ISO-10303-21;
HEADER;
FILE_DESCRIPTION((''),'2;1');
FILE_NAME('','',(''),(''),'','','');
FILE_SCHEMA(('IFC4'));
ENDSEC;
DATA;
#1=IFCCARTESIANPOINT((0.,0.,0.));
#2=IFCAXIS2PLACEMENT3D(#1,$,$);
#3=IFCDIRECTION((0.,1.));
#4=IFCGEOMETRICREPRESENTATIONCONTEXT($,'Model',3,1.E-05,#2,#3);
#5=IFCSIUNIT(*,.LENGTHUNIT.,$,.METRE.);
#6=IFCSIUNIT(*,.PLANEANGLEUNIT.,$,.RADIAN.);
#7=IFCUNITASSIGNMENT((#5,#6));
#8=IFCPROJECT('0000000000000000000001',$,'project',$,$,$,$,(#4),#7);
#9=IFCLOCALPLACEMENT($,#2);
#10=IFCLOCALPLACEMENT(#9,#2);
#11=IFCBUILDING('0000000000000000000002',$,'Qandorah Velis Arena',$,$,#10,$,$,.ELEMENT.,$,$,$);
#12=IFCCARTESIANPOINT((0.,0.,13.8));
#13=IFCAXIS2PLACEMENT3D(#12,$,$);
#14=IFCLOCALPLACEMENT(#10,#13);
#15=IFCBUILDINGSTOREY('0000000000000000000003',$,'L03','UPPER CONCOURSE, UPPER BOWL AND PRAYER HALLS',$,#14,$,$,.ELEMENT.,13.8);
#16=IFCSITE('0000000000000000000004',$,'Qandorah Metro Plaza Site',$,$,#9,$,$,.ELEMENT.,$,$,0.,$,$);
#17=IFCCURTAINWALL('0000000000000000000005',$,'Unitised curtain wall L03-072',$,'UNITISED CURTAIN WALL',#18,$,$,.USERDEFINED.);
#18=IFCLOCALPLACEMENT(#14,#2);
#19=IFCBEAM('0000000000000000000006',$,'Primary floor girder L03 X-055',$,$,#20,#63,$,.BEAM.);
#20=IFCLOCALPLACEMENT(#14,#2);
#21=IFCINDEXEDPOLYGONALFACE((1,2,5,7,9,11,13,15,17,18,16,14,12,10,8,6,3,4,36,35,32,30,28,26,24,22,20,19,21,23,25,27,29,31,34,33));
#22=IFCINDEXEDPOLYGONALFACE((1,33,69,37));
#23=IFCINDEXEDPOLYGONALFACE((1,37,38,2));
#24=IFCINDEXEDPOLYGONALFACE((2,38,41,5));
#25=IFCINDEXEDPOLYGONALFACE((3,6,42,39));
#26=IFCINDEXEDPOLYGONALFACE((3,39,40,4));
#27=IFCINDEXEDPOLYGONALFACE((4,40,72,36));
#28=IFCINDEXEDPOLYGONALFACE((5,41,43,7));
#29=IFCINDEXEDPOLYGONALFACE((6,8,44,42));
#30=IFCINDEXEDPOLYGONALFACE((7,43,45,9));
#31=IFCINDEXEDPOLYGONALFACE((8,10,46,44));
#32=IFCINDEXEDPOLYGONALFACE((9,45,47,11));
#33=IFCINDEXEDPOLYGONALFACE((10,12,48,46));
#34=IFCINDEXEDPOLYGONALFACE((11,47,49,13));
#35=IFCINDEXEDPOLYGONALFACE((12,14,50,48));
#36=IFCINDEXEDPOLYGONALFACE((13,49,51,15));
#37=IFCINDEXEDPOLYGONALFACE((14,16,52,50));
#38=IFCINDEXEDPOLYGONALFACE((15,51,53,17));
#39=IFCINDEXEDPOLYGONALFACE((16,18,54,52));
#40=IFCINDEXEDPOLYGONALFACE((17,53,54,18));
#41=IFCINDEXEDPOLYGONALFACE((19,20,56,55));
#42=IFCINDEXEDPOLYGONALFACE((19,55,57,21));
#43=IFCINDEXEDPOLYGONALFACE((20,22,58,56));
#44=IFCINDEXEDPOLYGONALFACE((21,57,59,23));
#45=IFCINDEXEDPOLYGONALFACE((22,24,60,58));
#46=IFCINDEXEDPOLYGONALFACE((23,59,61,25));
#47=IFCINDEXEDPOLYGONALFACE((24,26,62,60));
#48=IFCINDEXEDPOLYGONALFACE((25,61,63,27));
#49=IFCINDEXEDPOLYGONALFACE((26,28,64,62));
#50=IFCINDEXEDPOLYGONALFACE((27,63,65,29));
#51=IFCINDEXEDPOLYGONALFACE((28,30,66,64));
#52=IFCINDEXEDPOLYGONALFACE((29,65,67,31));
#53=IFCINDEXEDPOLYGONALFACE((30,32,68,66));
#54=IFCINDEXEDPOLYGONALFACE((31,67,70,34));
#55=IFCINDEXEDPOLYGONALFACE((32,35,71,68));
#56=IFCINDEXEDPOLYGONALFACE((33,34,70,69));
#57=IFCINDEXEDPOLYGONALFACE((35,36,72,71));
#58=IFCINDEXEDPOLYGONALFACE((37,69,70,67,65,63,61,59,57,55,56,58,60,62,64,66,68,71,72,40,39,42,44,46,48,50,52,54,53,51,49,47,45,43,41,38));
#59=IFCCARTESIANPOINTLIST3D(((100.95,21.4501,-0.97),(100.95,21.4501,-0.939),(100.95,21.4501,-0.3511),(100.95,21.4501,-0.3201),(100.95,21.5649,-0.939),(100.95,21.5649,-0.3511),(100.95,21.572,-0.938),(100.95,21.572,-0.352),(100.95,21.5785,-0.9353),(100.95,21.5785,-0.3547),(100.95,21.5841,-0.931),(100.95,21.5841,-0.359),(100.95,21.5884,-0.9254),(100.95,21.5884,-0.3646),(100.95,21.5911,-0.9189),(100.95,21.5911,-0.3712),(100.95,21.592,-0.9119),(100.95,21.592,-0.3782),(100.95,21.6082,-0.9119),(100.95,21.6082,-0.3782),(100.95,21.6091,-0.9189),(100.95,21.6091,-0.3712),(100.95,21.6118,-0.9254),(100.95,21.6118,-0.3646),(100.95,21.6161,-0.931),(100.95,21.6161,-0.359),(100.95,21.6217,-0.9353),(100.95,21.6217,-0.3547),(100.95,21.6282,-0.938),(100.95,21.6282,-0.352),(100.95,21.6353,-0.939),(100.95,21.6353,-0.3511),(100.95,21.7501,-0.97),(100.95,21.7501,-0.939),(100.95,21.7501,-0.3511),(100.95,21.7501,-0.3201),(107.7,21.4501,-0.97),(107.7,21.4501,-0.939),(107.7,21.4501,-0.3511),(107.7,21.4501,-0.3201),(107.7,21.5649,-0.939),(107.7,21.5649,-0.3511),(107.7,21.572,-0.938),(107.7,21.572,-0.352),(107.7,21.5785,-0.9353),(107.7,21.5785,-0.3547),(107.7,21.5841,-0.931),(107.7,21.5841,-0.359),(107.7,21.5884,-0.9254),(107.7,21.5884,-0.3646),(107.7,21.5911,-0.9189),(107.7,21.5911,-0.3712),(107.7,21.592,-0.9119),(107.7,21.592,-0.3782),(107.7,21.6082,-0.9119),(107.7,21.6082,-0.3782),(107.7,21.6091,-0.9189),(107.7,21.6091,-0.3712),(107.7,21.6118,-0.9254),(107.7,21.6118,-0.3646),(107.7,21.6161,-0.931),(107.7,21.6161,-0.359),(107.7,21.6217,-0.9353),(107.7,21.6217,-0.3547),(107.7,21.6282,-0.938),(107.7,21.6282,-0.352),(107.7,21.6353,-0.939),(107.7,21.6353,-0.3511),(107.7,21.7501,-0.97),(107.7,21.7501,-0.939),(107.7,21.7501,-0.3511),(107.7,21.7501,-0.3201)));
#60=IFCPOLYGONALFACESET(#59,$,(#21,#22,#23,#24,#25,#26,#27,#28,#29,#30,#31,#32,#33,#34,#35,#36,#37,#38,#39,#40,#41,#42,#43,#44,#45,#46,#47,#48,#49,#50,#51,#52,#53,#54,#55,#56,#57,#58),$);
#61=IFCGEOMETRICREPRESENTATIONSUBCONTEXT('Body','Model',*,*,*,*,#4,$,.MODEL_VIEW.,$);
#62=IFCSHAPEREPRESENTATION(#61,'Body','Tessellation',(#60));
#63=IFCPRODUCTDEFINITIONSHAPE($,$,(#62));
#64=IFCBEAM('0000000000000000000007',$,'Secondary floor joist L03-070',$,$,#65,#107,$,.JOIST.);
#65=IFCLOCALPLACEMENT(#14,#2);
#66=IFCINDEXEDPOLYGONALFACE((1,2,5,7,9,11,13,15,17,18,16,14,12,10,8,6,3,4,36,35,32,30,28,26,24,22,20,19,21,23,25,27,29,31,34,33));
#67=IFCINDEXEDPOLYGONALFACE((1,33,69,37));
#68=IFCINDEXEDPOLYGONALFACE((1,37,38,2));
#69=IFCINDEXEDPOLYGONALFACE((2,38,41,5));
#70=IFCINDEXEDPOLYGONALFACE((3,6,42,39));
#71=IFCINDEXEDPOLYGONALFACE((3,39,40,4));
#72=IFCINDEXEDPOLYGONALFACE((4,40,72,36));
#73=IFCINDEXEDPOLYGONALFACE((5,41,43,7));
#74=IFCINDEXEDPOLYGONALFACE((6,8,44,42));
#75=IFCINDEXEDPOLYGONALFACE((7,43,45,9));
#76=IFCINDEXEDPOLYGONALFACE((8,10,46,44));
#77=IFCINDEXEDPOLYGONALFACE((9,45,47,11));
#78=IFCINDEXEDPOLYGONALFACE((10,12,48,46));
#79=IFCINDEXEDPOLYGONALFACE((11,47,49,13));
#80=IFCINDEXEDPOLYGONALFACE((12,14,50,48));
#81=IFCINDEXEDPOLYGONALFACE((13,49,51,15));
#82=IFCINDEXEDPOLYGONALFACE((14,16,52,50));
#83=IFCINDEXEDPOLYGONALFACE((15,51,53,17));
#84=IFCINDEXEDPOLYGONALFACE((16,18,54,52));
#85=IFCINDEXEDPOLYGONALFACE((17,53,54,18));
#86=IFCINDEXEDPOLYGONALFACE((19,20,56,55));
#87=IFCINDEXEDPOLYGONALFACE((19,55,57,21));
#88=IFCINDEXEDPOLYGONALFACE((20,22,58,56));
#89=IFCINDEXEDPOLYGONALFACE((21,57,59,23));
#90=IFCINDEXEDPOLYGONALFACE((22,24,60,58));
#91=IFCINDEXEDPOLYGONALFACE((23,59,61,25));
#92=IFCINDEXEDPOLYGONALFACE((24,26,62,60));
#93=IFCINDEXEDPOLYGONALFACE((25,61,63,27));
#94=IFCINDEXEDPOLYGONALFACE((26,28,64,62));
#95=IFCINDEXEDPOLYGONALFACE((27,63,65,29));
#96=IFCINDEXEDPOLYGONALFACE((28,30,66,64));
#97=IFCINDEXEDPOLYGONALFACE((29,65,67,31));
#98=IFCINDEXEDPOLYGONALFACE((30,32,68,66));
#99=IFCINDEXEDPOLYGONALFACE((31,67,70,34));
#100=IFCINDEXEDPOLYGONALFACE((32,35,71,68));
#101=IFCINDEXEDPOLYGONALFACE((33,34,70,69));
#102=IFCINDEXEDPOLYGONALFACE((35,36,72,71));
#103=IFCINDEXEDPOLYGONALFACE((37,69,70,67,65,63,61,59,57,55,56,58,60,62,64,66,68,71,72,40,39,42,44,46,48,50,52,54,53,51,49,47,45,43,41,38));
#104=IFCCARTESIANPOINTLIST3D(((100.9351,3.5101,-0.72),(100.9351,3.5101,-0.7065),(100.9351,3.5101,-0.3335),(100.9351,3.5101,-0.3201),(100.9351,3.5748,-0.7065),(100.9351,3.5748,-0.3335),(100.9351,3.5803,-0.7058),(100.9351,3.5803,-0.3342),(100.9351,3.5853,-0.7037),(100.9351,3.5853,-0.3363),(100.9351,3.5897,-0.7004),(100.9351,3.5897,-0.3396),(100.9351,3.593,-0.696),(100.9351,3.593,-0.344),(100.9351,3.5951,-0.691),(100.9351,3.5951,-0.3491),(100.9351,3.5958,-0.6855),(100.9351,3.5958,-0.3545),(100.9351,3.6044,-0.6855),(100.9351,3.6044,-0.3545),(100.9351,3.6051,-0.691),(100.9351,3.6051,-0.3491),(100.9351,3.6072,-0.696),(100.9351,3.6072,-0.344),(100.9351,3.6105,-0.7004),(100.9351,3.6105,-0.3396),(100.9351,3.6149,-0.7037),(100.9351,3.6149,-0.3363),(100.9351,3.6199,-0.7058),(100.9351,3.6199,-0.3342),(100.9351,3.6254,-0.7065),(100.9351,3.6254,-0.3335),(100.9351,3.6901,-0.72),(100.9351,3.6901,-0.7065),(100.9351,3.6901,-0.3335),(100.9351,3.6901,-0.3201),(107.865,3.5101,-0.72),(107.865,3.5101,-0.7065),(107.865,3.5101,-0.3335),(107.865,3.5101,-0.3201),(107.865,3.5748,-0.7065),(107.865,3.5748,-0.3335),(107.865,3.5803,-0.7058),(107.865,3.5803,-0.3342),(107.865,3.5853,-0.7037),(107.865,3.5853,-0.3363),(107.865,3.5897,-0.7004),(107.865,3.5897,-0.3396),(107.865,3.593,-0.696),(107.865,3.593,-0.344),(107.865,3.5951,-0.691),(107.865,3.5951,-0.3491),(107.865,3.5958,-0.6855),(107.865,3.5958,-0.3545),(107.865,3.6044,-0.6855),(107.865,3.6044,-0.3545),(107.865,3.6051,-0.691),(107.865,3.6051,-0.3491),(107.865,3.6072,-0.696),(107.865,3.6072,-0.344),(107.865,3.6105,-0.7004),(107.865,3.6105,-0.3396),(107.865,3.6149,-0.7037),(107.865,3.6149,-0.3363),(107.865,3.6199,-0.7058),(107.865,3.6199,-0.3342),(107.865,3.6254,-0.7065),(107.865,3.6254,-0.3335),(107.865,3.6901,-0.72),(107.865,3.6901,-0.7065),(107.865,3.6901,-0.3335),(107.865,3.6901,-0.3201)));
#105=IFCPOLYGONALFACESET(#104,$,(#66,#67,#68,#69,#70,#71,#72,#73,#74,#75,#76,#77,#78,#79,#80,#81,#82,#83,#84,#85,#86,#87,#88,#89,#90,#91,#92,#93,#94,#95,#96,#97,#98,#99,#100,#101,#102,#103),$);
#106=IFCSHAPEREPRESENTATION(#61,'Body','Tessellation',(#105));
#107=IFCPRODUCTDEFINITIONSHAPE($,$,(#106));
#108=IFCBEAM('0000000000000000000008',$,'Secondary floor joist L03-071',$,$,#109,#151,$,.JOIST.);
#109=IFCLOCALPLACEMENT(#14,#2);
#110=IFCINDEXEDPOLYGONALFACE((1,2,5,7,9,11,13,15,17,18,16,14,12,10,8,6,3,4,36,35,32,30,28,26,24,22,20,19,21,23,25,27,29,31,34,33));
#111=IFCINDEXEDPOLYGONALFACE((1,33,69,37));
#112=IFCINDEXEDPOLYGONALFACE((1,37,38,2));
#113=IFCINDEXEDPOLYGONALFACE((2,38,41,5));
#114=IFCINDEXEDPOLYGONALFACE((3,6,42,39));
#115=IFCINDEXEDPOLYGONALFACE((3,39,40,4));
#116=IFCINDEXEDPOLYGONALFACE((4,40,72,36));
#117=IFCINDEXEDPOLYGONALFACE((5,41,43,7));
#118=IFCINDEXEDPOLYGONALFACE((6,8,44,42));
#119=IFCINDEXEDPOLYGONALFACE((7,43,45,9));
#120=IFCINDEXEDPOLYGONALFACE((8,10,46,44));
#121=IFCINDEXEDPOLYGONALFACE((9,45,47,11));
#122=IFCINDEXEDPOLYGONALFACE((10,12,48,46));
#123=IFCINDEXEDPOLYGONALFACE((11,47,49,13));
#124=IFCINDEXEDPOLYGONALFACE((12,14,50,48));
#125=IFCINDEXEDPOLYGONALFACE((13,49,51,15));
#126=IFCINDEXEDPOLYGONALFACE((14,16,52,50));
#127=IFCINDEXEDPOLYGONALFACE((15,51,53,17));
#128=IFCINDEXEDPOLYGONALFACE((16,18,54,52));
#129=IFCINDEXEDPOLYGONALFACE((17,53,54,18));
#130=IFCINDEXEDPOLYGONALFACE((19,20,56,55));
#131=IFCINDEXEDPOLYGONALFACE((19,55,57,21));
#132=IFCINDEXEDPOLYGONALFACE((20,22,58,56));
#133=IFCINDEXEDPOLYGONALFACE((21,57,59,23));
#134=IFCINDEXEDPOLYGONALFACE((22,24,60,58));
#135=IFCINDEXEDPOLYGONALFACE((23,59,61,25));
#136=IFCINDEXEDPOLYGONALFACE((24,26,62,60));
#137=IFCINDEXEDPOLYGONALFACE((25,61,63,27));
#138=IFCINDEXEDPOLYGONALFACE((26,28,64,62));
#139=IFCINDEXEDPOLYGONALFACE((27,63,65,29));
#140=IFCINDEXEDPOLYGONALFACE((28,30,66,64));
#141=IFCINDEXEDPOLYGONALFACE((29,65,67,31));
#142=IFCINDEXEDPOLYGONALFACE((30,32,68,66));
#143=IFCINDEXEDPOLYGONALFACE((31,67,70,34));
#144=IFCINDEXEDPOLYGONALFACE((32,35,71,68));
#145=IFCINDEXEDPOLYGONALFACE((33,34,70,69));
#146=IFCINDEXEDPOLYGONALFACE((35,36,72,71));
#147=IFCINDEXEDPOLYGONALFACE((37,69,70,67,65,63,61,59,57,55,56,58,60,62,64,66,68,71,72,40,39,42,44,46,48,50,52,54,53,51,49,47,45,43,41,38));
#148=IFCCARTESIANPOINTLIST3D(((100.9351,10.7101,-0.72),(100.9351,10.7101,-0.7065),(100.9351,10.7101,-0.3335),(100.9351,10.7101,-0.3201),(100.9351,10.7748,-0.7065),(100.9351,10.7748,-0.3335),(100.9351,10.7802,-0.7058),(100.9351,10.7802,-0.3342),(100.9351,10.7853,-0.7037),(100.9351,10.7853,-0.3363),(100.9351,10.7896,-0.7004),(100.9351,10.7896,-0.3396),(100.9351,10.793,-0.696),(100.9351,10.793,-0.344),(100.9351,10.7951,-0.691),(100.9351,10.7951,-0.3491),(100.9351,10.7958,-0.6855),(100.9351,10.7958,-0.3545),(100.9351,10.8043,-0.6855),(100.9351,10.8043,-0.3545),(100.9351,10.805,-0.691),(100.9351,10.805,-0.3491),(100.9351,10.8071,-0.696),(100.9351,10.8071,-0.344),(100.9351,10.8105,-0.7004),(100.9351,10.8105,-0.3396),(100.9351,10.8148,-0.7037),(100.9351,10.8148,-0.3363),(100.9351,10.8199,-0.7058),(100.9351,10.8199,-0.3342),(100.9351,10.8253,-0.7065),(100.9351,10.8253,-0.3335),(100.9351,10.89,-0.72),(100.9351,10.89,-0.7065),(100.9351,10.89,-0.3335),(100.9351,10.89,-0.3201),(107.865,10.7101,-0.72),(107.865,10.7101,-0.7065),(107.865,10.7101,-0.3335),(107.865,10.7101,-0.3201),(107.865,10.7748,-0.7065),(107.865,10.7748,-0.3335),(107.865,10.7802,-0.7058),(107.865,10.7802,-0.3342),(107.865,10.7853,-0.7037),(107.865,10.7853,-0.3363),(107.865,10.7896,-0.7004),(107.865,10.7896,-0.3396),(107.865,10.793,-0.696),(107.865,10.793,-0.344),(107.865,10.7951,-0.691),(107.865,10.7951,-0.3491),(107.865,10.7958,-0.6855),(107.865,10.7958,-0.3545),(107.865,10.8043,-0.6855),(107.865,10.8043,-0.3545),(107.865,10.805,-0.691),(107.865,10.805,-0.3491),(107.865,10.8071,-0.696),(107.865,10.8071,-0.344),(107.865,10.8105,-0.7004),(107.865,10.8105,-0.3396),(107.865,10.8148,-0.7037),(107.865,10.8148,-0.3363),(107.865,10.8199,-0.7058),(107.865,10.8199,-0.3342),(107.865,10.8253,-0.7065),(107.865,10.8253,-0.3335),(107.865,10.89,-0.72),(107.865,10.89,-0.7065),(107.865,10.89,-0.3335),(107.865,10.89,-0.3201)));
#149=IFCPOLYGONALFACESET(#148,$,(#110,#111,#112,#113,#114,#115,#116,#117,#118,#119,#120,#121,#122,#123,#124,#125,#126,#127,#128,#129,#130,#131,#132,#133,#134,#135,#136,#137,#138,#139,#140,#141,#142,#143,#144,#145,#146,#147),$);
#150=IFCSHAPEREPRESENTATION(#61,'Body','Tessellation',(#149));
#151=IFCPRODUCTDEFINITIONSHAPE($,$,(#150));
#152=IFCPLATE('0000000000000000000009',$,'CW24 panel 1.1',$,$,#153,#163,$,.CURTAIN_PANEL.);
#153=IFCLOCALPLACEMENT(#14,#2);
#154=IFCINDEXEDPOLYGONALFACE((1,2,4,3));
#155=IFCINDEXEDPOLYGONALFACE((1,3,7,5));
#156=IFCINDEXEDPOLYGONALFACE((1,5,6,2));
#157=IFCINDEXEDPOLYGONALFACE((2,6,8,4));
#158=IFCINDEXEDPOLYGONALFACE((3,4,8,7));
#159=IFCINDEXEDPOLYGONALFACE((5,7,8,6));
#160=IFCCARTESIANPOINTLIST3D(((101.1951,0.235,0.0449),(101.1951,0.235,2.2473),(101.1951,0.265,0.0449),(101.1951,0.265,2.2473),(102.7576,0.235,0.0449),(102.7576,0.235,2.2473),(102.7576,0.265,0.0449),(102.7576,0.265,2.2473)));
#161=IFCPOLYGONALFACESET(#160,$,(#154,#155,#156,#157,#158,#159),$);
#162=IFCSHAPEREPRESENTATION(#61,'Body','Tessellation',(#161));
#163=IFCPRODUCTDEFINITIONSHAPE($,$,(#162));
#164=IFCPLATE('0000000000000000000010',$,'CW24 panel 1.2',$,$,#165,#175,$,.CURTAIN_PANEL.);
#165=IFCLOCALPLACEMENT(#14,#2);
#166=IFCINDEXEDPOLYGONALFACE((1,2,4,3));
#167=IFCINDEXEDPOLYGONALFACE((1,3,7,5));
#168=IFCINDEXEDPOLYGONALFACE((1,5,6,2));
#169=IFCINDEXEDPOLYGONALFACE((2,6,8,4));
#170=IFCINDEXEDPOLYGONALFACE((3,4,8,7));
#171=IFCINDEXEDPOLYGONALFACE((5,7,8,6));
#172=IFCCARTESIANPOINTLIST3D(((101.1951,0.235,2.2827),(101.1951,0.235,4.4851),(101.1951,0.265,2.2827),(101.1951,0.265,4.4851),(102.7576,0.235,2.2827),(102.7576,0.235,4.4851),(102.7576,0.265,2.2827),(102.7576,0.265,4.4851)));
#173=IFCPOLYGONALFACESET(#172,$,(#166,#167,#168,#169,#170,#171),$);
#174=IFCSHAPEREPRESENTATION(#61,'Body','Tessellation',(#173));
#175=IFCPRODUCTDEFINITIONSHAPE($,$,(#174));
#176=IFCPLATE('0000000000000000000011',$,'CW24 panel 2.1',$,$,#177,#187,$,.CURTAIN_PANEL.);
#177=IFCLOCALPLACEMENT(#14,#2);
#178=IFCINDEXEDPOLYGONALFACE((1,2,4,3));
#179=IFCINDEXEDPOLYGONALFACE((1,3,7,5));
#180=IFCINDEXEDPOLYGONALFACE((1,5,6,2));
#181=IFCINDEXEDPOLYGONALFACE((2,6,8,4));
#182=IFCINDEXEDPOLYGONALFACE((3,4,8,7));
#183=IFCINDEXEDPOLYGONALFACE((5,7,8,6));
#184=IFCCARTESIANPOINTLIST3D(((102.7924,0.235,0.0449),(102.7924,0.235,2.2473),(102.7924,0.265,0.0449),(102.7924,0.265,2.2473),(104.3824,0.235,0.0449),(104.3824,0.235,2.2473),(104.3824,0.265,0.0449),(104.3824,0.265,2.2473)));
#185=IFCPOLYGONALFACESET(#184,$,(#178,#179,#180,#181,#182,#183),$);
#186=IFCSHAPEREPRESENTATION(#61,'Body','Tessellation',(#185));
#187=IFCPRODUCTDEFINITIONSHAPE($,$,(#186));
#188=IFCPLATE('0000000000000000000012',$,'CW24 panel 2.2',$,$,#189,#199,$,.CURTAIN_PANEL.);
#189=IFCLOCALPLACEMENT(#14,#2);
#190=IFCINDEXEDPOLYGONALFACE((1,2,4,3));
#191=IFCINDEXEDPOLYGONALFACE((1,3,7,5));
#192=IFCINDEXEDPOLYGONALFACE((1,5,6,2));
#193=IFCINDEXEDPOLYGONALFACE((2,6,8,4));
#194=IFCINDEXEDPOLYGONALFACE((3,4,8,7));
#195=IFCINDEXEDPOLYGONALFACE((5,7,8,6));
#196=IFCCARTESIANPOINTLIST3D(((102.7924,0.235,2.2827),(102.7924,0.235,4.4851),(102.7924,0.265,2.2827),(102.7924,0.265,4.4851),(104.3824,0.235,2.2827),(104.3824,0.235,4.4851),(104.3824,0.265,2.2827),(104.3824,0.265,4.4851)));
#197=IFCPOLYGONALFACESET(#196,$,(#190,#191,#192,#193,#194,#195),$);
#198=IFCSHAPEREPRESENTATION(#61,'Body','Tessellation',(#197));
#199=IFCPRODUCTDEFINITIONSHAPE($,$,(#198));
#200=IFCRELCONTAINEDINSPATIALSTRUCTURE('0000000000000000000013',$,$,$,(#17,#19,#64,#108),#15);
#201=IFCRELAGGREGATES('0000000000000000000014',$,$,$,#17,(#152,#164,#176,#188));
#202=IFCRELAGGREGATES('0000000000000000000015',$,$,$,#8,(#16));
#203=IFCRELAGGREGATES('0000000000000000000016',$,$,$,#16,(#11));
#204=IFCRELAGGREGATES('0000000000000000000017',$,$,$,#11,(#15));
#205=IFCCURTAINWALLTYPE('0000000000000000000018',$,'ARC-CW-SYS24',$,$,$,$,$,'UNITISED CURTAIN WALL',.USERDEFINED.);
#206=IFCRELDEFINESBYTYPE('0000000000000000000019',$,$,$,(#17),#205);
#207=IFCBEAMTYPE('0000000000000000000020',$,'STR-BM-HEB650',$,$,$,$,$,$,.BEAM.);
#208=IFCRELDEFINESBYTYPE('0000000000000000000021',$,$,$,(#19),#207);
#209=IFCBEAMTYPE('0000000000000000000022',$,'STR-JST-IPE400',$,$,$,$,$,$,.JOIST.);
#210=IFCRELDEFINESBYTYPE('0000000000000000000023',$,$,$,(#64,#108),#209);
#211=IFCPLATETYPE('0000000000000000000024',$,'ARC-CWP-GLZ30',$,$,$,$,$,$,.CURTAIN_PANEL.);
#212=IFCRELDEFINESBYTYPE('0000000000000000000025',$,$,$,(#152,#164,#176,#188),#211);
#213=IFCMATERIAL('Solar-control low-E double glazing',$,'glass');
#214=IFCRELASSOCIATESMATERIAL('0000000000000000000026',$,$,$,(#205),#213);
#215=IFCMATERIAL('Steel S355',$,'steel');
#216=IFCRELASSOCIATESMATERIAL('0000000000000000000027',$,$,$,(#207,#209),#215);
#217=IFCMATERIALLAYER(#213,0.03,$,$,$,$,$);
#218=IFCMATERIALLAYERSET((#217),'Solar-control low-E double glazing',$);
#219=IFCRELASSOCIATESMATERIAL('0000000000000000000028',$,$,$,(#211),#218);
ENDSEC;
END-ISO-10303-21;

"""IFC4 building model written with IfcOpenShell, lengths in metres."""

from ifc_helpers import new_model, si_unit, direction, frame, origin, origin_2d, place, context, subcontext, project, spatial, rectangle, i_section, extrude, material, layer, layer_set, material_profile, profile_set, type_object, element, aggregate, save


model = new_model("IFC4")

# Units and contexts
model_context = context("Model", 3, precision=1e-05, world=origin(), true_north=direction((0.0, 1.0)))
body_context = subcontext(model_context, "Body", "Model", "MODEL_VIEW")
ifc_project = project(units=[si_unit("LENGTHUNIT", "METRE"), si_unit("PLANEANGLEUNIT", "RADIAN")], contexts=[model_context])

# Site, building, storey
site_placement = place(None, origin())
site = spatial("IfcSite", under=ifc_project, at=site_placement, Name="Qandorah Metro Plaza Site", CompositionType="ELEMENT", RefElevation=0.0)
building_placement = place(site_placement, origin())
building = spatial("IfcBuilding", under=site, at=building_placement, Name="Qandorah Velis Arena", CompositionType="ELEMENT")
storey_placement = place(building_placement, frame((0.0, 0.0, 13.8)))
storey = spatial("IfcBuildingStorey", under=building, at=storey_placement, Name="L03", Description="UPPER CONCOURSE, UPPER BOWL AND PRAYER HALLS", CompositionType="ELEMENT", Elevation=13.8)

# Curtain wall
ifc_material_1 = material(Name="Solar-control low-E double glazing", Category="glass")
curtain_wall_type_1 = type_object("IfcCurtainWallType", Name="ARC-CW-SYS24", ElementType="UNITISED CURTAIN WALL", PredefinedType="USERDEFINED", material=ifc_material_1)
curtain_wall_1_placement = place(storey_placement, origin())
curtain_wall_1 = element("IfcCurtainWall", 1, at=curtain_wall_1_placement, inside=storey, type_object=curtain_wall_type_1, Name="Unitised curtain wall L03-072", ObjectType="UNITISED CURTAIN WALL", PredefinedType="USERDEFINED")

# Beams
ifc_material_2 = material(Name="Steel S355", Category="steel")
ifc_material_profile_1 = material_profile(ifc_material_2, i_section(OverallWidth=0.3, OverallDepth=0.6499, WebThickness=0.0161, FlangeThickness=0.031, FilletRadius=0.0271, at=origin_2d()), Name="HEB 650")
ifc_profile_set_1 = profile_set([ifc_material_profile_1], Name="Steel S355")
beam_type_1 = type_object("IfcBeamType", Name="STR-BM-HEB650", PredefinedType="BEAM", material=ifc_profile_set_1)
beam_1_placement = place(storey_placement, frame((100.95, 21.6001, -0.645), z_axis=(1.0, 0.0, 0.0), x_axis=(0.0, 1.0, 0.0)))
element("IfcBeam", 2, at=beam_1_placement, inside=storey, type_object=beam_type_1, Name="Primary floor girder L03 X-055", PredefinedType="BEAM", context=body_context, shape_type="SweptSolid", body=[
    extrude(i_section(OverallWidth=0.3, OverallDepth=0.6499, WebThickness=0.0161, FlangeThickness=0.031, FilletRadius=0.0271, at=origin_2d()), origin(), (0.0, 0.0, 1.0), 6.75),
])
ifc_material_profile_2 = material_profile(ifc_material_2, i_section(OverallWidth=0.1799, OverallDepth=0.3999, WebThickness=0.0085, FlangeThickness=0.0134, FilletRadius=0.021, at=origin_2d()), Name="IPE 400")
ifc_profile_set_2 = profile_set([ifc_material_profile_2], Name="Steel S355")
beam_type_2 = type_object("IfcBeamType", Name="STR-JST-IPE400", PredefinedType="JOIST", material=ifc_profile_set_2)
for number, where, z_axis, x_axis, name in (
    (3, (100.9351, 3.6001, -0.52), (1.0, 0.0, 0.0), (0.0, 1.0, 0.0), "Secondary floor joist L03-070"),
    (4, (100.9351, 10.8, -0.52), (1.0, 0.0, 0.0), (0.0, 1.0, 0.0), "Secondary floor joist L03-071"),
):
    element("IfcBeam", number, at=place(storey_placement, frame(where, z_axis=z_axis, x_axis=x_axis)), inside=storey, type_object=beam_type_2, Name=name, PredefinedType="JOIST", context=body_context, shape_type="SweptSolid", body=[
        extrude(i_section(OverallWidth=0.1799, OverallDepth=0.3999, WebThickness=0.0085, FlangeThickness=0.0134, FilletRadius=0.021, at=origin_2d()), origin(), (0.0, 0.0, 1.0), 6.9299),
    ])

# Plates
ifc_layer_1 = layer(ifc_material_1, 0.03)
ifc_layer_set_1 = layer_set([ifc_layer_1], Name="Solar-control low-E double glazing")
plate_type_1 = type_object("IfcPlateType", Name="ARC-CWP-GLZ30", PredefinedType="CURTAIN_PANEL", material=ifc_layer_set_1)
plate_1_placement = place(storey_placement, frame((101.9763, 0.25, 0.0449), z_axis=(0.0, 0.0, 1.0), x_axis=(1.0, 0.0, 0.0)))
plate_1 = element("IfcPlate", 5, at=plate_1_placement, type_object=plate_type_1, Name="CW24 panel 1.1", PredefinedType="CURTAIN_PANEL", context=body_context, shape_type="SweptSolid", body=[
    extrude(rectangle(XDim=1.5625, YDim=0.03, at=origin_2d()), origin(), (0.0, 0.0, 1.0), 2.2024),
])
plate_2_placement = place(storey_placement, frame((101.9763, 0.25, 2.2827), z_axis=(0.0, 0.0, 1.0), x_axis=(1.0, 0.0, 0.0)))
plate_2 = element("IfcPlate", 6, at=plate_2_placement, type_object=plate_type_1, Name="CW24 panel 1.2", PredefinedType="CURTAIN_PANEL", context=body_context, shape_type="SweptSolid", body=[
    extrude(rectangle(XDim=1.5625, YDim=0.03, at=origin_2d()), origin(), (0.0, 0.0, 1.0), 2.2024),
])
plate_3_placement = place(storey_placement, frame((103.5874, 0.25, 0.0449), z_axis=(0.0, 0.0, 1.0), x_axis=(1.0, 0.0, 0.0)))
plate_3 = element("IfcPlate", 7, at=plate_3_placement, type_object=plate_type_1, Name="CW24 panel 2.1", PredefinedType="CURTAIN_PANEL", context=body_context, shape_type="SweptSolid", body=[
    extrude(rectangle(XDim=1.5901, YDim=0.03, at=origin_2d()), origin(), (0.0, 0.0, 1.0), 2.2024),
])
plate_4_placement = place(storey_placement, frame((103.5874, 0.25, 2.2827), z_axis=(0.0, 0.0, 1.0), x_axis=(1.0, 0.0, 0.0)))
plate_4 = element("IfcPlate", 8, at=plate_4_placement, type_object=plate_type_1, Name="CW24 panel 2.2", PredefinedType="CURTAIN_PANEL", context=body_context, shape_type="SweptSolid", body=[
    extrude(rectangle(XDim=1.5901, YDim=0.03, at=origin_2d()), origin(), (0.0, 0.0, 1.0), 2.2024),
])
aggregate(curtain_wall_1, [plate_1, plate_2, plate_3, plate_4])

save(model, "model.ifc")
